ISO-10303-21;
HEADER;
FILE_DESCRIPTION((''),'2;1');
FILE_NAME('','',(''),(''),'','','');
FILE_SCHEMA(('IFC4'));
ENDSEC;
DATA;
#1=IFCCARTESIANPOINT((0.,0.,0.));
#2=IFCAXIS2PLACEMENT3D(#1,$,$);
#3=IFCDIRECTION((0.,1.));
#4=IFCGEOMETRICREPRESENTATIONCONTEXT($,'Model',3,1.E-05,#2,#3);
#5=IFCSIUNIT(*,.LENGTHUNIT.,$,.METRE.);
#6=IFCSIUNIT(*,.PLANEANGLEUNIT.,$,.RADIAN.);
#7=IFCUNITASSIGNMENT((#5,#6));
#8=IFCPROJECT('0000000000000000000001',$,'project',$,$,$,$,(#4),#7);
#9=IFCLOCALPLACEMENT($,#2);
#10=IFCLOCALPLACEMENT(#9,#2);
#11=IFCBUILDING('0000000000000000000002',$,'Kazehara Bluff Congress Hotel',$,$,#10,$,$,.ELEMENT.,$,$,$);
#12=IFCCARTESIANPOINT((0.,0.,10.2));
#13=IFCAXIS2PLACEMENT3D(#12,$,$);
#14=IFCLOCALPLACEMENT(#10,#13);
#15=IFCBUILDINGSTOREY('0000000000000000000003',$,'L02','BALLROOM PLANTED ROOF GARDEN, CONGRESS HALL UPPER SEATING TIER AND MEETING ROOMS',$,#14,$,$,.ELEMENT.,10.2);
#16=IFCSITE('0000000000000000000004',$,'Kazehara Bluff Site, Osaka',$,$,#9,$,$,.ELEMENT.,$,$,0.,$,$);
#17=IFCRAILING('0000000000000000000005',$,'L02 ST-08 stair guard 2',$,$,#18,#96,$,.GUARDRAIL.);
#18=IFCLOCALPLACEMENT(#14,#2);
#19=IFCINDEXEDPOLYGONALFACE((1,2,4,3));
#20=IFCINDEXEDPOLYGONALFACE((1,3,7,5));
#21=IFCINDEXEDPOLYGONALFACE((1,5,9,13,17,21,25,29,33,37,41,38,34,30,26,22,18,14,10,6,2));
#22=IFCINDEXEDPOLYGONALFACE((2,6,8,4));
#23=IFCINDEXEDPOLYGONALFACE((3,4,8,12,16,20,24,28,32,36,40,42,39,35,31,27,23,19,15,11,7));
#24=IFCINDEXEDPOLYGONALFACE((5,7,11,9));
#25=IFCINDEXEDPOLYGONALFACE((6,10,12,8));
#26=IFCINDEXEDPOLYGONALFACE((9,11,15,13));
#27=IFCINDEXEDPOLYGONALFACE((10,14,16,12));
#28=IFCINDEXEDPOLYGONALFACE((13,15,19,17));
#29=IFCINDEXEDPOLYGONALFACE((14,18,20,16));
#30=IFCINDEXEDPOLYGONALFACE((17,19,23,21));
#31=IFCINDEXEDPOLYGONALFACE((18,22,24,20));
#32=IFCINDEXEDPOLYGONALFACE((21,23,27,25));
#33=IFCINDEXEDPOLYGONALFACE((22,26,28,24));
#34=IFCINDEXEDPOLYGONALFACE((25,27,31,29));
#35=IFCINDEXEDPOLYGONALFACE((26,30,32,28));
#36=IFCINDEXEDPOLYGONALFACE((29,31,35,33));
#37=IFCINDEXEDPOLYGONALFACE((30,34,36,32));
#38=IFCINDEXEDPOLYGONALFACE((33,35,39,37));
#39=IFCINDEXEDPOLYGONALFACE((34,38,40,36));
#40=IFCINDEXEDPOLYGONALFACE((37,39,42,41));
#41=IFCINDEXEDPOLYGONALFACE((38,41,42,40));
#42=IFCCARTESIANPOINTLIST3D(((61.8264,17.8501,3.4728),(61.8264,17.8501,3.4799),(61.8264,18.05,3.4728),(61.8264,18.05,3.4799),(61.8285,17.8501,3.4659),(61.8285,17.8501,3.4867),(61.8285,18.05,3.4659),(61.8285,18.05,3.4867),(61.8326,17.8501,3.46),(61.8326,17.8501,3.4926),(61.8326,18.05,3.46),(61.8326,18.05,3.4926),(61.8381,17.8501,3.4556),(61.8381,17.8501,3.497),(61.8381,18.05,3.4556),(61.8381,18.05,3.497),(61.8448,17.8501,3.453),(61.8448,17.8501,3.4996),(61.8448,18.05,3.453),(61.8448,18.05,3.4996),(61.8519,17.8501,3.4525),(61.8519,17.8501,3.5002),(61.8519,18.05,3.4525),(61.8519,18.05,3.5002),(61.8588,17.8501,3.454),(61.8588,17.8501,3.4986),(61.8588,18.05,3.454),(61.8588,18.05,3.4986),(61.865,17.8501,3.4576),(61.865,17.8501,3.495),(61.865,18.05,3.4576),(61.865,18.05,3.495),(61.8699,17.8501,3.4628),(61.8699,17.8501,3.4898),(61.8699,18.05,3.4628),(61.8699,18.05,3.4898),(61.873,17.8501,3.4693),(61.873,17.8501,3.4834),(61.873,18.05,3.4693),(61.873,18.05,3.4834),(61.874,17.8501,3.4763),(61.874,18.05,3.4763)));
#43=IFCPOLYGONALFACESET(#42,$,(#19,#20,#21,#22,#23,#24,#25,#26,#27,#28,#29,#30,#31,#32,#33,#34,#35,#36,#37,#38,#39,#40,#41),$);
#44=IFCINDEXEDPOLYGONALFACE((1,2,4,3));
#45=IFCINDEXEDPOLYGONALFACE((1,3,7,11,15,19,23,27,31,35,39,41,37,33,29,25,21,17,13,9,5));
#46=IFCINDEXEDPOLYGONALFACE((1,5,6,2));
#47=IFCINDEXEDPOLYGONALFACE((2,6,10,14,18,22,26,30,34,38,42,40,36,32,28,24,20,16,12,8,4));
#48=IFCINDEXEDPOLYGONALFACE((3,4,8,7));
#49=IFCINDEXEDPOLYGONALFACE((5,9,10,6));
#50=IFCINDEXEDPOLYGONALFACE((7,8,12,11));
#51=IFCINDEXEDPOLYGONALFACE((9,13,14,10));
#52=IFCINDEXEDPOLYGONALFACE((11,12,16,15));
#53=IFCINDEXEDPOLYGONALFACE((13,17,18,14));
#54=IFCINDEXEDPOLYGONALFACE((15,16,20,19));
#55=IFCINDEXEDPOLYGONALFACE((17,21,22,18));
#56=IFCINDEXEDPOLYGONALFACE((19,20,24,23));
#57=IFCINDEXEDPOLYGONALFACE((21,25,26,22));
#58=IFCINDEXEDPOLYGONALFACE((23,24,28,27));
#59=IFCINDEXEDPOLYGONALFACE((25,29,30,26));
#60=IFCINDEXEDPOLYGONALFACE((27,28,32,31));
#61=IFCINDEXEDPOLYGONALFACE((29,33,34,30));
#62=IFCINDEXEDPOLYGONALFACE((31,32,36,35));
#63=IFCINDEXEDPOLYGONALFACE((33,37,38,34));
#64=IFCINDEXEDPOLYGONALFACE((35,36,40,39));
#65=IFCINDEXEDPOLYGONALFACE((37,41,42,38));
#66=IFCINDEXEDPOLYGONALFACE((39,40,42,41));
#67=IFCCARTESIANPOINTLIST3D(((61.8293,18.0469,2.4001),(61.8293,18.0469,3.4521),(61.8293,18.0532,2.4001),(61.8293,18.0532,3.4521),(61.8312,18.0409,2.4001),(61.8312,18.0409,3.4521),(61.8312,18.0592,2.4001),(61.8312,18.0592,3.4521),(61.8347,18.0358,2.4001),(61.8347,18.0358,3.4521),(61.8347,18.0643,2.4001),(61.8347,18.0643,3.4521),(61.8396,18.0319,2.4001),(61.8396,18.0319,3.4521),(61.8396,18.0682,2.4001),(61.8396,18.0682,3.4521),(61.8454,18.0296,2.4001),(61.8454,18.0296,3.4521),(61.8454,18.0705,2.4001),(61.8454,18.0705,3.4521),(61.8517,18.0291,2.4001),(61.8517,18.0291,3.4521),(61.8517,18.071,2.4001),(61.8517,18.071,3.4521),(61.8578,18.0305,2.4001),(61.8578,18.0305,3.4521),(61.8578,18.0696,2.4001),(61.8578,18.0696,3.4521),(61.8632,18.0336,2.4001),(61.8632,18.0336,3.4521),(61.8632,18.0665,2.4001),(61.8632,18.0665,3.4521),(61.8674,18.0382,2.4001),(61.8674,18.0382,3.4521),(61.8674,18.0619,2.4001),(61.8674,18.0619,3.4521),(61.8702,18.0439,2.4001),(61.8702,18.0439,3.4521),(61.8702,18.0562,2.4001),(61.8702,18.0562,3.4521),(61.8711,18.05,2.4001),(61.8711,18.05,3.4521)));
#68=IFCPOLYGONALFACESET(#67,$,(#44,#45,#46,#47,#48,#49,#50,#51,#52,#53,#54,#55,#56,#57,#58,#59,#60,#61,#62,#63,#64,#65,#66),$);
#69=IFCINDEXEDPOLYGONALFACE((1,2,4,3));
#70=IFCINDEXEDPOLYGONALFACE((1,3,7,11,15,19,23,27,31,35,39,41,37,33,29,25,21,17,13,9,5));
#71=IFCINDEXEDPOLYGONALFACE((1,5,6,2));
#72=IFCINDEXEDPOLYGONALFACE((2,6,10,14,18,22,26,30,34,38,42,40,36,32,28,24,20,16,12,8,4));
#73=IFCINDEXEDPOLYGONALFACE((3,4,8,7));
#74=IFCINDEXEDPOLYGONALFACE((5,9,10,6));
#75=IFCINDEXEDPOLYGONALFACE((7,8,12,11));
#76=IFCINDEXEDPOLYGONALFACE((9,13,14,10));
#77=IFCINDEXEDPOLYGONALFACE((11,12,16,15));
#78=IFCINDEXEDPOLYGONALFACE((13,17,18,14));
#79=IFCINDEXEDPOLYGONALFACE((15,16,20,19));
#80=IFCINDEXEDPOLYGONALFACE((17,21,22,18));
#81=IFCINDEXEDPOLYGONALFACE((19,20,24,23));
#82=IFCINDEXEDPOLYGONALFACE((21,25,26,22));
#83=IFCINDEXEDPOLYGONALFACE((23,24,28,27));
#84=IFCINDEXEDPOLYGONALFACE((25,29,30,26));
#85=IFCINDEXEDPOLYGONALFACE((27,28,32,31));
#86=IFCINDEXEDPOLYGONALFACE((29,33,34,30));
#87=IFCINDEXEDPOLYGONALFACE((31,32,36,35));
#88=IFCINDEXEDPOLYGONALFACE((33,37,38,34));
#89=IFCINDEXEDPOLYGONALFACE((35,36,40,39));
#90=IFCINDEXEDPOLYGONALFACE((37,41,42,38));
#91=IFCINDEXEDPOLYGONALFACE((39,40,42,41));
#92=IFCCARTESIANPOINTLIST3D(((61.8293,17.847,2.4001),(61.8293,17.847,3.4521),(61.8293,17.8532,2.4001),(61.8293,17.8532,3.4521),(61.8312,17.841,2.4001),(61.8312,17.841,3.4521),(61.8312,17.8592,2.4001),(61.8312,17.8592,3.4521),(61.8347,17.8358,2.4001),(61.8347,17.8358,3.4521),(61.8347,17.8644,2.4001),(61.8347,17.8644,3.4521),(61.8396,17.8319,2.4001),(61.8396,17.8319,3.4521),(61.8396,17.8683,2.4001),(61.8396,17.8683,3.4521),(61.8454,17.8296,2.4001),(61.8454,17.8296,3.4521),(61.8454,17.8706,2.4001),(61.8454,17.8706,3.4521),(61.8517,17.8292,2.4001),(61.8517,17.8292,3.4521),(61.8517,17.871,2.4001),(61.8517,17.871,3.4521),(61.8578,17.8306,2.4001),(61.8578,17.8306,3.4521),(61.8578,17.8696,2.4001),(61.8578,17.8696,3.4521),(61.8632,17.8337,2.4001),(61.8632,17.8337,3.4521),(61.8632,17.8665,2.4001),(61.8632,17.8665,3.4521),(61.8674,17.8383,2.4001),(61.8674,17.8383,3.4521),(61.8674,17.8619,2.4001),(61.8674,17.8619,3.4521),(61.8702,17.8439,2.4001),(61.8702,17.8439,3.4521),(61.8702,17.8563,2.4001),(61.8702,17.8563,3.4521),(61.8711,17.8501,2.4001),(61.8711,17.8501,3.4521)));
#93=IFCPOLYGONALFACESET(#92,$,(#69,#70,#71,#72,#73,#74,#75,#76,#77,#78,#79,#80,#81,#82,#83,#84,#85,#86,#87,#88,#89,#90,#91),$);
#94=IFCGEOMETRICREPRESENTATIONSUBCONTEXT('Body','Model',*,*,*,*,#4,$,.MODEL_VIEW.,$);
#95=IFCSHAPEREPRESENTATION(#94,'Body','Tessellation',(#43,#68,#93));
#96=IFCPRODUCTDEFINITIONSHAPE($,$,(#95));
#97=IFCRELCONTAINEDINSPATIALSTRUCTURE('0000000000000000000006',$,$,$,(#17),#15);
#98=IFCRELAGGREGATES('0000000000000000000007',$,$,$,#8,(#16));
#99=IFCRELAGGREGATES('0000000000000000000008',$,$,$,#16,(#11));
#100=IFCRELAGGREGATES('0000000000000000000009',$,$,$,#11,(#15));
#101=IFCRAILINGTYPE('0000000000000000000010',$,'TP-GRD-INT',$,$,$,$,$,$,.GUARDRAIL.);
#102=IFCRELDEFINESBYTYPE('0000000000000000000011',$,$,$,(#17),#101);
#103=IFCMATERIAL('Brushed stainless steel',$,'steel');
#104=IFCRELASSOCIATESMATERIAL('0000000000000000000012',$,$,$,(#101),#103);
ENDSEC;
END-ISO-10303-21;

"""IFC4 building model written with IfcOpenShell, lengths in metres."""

from ifc_helpers import new_model, si_unit, direction, frame, origin, origin_2d, place, context, subcontext, project, spatial, circle, extrude, material, type_object, element, save


model = new_model("IFC4")

# Units and contexts
model_context = context("Model", 3, precision=1e-05, world=origin(), true_north=direction((0.0, 1.0)))
body_context = subcontext(model_context, "Body", "Model", "MODEL_VIEW")
ifc_project = project(units=[si_unit("LENGTHUNIT", "METRE"), si_unit("PLANEANGLEUNIT", "RADIAN")], contexts=[model_context])

# Site, building, storey
site_placement = place(None, origin())
site = spatial("IfcSite", under=ifc_project, at=site_placement, Name="Kazehara Bluff Site, Osaka", CompositionType="ELEMENT", RefElevation=0.0)
building_placement = place(site_placement, origin())
building = spatial("IfcBuilding", under=site, at=building_placement, Name="Kazehara Bluff Congress Hotel", CompositionType="ELEMENT")
storey_placement = place(building_placement, frame((0.0, 0.0, 10.2)))
storey = spatial("IfcBuildingStorey", under=building, at=storey_placement, Name="L02", Description="BALLROOM PLANTED ROOF GARDEN, CONGRESS HALL UPPER SEATING TIER AND MEETING ROOMS", CompositionType="ELEMENT", Elevation=10.2)

# Railing
ifc_material_1 = material(Name="Brushed stainless steel", Category="steel")
railing_type = type_object("IfcRailingType", Name="TP-GRD-INT", PredefinedType="GUARDRAIL", material=ifc_material_1)
railing_1_placement = place(storey_placement, frame((61.8501, 18.05, 2.4001)))
element("IfcRailing", 1, at=railing_1_placement, inside=storey, type_object=railing_type, Name="L02 ST-08 stair guard 2", PredefinedType="GUARDRAIL", context=body_context, shape_type="SweptSolid", body=[
    extrude(circle(Radius=0.0239, at=origin_2d()), frame((0.0, 0.0, 1.0762), z_axis=(0.0, -1.0, 0.0), x_axis=(1.0, 0.0, 0.0)), (0.0, 0.0, 1.0), 0.2),
    extrude(circle(Radius=0.021, at=origin_2d()), origin(), (0.0, 0.0, 1.0), 1.052),
    extrude(circle(Radius=0.021, at=origin_2d()), frame((0.0, -0.2, 0.0)), (0.0, 0.0, 1.0), 1.052),
])

save(model, "model.ifc")
